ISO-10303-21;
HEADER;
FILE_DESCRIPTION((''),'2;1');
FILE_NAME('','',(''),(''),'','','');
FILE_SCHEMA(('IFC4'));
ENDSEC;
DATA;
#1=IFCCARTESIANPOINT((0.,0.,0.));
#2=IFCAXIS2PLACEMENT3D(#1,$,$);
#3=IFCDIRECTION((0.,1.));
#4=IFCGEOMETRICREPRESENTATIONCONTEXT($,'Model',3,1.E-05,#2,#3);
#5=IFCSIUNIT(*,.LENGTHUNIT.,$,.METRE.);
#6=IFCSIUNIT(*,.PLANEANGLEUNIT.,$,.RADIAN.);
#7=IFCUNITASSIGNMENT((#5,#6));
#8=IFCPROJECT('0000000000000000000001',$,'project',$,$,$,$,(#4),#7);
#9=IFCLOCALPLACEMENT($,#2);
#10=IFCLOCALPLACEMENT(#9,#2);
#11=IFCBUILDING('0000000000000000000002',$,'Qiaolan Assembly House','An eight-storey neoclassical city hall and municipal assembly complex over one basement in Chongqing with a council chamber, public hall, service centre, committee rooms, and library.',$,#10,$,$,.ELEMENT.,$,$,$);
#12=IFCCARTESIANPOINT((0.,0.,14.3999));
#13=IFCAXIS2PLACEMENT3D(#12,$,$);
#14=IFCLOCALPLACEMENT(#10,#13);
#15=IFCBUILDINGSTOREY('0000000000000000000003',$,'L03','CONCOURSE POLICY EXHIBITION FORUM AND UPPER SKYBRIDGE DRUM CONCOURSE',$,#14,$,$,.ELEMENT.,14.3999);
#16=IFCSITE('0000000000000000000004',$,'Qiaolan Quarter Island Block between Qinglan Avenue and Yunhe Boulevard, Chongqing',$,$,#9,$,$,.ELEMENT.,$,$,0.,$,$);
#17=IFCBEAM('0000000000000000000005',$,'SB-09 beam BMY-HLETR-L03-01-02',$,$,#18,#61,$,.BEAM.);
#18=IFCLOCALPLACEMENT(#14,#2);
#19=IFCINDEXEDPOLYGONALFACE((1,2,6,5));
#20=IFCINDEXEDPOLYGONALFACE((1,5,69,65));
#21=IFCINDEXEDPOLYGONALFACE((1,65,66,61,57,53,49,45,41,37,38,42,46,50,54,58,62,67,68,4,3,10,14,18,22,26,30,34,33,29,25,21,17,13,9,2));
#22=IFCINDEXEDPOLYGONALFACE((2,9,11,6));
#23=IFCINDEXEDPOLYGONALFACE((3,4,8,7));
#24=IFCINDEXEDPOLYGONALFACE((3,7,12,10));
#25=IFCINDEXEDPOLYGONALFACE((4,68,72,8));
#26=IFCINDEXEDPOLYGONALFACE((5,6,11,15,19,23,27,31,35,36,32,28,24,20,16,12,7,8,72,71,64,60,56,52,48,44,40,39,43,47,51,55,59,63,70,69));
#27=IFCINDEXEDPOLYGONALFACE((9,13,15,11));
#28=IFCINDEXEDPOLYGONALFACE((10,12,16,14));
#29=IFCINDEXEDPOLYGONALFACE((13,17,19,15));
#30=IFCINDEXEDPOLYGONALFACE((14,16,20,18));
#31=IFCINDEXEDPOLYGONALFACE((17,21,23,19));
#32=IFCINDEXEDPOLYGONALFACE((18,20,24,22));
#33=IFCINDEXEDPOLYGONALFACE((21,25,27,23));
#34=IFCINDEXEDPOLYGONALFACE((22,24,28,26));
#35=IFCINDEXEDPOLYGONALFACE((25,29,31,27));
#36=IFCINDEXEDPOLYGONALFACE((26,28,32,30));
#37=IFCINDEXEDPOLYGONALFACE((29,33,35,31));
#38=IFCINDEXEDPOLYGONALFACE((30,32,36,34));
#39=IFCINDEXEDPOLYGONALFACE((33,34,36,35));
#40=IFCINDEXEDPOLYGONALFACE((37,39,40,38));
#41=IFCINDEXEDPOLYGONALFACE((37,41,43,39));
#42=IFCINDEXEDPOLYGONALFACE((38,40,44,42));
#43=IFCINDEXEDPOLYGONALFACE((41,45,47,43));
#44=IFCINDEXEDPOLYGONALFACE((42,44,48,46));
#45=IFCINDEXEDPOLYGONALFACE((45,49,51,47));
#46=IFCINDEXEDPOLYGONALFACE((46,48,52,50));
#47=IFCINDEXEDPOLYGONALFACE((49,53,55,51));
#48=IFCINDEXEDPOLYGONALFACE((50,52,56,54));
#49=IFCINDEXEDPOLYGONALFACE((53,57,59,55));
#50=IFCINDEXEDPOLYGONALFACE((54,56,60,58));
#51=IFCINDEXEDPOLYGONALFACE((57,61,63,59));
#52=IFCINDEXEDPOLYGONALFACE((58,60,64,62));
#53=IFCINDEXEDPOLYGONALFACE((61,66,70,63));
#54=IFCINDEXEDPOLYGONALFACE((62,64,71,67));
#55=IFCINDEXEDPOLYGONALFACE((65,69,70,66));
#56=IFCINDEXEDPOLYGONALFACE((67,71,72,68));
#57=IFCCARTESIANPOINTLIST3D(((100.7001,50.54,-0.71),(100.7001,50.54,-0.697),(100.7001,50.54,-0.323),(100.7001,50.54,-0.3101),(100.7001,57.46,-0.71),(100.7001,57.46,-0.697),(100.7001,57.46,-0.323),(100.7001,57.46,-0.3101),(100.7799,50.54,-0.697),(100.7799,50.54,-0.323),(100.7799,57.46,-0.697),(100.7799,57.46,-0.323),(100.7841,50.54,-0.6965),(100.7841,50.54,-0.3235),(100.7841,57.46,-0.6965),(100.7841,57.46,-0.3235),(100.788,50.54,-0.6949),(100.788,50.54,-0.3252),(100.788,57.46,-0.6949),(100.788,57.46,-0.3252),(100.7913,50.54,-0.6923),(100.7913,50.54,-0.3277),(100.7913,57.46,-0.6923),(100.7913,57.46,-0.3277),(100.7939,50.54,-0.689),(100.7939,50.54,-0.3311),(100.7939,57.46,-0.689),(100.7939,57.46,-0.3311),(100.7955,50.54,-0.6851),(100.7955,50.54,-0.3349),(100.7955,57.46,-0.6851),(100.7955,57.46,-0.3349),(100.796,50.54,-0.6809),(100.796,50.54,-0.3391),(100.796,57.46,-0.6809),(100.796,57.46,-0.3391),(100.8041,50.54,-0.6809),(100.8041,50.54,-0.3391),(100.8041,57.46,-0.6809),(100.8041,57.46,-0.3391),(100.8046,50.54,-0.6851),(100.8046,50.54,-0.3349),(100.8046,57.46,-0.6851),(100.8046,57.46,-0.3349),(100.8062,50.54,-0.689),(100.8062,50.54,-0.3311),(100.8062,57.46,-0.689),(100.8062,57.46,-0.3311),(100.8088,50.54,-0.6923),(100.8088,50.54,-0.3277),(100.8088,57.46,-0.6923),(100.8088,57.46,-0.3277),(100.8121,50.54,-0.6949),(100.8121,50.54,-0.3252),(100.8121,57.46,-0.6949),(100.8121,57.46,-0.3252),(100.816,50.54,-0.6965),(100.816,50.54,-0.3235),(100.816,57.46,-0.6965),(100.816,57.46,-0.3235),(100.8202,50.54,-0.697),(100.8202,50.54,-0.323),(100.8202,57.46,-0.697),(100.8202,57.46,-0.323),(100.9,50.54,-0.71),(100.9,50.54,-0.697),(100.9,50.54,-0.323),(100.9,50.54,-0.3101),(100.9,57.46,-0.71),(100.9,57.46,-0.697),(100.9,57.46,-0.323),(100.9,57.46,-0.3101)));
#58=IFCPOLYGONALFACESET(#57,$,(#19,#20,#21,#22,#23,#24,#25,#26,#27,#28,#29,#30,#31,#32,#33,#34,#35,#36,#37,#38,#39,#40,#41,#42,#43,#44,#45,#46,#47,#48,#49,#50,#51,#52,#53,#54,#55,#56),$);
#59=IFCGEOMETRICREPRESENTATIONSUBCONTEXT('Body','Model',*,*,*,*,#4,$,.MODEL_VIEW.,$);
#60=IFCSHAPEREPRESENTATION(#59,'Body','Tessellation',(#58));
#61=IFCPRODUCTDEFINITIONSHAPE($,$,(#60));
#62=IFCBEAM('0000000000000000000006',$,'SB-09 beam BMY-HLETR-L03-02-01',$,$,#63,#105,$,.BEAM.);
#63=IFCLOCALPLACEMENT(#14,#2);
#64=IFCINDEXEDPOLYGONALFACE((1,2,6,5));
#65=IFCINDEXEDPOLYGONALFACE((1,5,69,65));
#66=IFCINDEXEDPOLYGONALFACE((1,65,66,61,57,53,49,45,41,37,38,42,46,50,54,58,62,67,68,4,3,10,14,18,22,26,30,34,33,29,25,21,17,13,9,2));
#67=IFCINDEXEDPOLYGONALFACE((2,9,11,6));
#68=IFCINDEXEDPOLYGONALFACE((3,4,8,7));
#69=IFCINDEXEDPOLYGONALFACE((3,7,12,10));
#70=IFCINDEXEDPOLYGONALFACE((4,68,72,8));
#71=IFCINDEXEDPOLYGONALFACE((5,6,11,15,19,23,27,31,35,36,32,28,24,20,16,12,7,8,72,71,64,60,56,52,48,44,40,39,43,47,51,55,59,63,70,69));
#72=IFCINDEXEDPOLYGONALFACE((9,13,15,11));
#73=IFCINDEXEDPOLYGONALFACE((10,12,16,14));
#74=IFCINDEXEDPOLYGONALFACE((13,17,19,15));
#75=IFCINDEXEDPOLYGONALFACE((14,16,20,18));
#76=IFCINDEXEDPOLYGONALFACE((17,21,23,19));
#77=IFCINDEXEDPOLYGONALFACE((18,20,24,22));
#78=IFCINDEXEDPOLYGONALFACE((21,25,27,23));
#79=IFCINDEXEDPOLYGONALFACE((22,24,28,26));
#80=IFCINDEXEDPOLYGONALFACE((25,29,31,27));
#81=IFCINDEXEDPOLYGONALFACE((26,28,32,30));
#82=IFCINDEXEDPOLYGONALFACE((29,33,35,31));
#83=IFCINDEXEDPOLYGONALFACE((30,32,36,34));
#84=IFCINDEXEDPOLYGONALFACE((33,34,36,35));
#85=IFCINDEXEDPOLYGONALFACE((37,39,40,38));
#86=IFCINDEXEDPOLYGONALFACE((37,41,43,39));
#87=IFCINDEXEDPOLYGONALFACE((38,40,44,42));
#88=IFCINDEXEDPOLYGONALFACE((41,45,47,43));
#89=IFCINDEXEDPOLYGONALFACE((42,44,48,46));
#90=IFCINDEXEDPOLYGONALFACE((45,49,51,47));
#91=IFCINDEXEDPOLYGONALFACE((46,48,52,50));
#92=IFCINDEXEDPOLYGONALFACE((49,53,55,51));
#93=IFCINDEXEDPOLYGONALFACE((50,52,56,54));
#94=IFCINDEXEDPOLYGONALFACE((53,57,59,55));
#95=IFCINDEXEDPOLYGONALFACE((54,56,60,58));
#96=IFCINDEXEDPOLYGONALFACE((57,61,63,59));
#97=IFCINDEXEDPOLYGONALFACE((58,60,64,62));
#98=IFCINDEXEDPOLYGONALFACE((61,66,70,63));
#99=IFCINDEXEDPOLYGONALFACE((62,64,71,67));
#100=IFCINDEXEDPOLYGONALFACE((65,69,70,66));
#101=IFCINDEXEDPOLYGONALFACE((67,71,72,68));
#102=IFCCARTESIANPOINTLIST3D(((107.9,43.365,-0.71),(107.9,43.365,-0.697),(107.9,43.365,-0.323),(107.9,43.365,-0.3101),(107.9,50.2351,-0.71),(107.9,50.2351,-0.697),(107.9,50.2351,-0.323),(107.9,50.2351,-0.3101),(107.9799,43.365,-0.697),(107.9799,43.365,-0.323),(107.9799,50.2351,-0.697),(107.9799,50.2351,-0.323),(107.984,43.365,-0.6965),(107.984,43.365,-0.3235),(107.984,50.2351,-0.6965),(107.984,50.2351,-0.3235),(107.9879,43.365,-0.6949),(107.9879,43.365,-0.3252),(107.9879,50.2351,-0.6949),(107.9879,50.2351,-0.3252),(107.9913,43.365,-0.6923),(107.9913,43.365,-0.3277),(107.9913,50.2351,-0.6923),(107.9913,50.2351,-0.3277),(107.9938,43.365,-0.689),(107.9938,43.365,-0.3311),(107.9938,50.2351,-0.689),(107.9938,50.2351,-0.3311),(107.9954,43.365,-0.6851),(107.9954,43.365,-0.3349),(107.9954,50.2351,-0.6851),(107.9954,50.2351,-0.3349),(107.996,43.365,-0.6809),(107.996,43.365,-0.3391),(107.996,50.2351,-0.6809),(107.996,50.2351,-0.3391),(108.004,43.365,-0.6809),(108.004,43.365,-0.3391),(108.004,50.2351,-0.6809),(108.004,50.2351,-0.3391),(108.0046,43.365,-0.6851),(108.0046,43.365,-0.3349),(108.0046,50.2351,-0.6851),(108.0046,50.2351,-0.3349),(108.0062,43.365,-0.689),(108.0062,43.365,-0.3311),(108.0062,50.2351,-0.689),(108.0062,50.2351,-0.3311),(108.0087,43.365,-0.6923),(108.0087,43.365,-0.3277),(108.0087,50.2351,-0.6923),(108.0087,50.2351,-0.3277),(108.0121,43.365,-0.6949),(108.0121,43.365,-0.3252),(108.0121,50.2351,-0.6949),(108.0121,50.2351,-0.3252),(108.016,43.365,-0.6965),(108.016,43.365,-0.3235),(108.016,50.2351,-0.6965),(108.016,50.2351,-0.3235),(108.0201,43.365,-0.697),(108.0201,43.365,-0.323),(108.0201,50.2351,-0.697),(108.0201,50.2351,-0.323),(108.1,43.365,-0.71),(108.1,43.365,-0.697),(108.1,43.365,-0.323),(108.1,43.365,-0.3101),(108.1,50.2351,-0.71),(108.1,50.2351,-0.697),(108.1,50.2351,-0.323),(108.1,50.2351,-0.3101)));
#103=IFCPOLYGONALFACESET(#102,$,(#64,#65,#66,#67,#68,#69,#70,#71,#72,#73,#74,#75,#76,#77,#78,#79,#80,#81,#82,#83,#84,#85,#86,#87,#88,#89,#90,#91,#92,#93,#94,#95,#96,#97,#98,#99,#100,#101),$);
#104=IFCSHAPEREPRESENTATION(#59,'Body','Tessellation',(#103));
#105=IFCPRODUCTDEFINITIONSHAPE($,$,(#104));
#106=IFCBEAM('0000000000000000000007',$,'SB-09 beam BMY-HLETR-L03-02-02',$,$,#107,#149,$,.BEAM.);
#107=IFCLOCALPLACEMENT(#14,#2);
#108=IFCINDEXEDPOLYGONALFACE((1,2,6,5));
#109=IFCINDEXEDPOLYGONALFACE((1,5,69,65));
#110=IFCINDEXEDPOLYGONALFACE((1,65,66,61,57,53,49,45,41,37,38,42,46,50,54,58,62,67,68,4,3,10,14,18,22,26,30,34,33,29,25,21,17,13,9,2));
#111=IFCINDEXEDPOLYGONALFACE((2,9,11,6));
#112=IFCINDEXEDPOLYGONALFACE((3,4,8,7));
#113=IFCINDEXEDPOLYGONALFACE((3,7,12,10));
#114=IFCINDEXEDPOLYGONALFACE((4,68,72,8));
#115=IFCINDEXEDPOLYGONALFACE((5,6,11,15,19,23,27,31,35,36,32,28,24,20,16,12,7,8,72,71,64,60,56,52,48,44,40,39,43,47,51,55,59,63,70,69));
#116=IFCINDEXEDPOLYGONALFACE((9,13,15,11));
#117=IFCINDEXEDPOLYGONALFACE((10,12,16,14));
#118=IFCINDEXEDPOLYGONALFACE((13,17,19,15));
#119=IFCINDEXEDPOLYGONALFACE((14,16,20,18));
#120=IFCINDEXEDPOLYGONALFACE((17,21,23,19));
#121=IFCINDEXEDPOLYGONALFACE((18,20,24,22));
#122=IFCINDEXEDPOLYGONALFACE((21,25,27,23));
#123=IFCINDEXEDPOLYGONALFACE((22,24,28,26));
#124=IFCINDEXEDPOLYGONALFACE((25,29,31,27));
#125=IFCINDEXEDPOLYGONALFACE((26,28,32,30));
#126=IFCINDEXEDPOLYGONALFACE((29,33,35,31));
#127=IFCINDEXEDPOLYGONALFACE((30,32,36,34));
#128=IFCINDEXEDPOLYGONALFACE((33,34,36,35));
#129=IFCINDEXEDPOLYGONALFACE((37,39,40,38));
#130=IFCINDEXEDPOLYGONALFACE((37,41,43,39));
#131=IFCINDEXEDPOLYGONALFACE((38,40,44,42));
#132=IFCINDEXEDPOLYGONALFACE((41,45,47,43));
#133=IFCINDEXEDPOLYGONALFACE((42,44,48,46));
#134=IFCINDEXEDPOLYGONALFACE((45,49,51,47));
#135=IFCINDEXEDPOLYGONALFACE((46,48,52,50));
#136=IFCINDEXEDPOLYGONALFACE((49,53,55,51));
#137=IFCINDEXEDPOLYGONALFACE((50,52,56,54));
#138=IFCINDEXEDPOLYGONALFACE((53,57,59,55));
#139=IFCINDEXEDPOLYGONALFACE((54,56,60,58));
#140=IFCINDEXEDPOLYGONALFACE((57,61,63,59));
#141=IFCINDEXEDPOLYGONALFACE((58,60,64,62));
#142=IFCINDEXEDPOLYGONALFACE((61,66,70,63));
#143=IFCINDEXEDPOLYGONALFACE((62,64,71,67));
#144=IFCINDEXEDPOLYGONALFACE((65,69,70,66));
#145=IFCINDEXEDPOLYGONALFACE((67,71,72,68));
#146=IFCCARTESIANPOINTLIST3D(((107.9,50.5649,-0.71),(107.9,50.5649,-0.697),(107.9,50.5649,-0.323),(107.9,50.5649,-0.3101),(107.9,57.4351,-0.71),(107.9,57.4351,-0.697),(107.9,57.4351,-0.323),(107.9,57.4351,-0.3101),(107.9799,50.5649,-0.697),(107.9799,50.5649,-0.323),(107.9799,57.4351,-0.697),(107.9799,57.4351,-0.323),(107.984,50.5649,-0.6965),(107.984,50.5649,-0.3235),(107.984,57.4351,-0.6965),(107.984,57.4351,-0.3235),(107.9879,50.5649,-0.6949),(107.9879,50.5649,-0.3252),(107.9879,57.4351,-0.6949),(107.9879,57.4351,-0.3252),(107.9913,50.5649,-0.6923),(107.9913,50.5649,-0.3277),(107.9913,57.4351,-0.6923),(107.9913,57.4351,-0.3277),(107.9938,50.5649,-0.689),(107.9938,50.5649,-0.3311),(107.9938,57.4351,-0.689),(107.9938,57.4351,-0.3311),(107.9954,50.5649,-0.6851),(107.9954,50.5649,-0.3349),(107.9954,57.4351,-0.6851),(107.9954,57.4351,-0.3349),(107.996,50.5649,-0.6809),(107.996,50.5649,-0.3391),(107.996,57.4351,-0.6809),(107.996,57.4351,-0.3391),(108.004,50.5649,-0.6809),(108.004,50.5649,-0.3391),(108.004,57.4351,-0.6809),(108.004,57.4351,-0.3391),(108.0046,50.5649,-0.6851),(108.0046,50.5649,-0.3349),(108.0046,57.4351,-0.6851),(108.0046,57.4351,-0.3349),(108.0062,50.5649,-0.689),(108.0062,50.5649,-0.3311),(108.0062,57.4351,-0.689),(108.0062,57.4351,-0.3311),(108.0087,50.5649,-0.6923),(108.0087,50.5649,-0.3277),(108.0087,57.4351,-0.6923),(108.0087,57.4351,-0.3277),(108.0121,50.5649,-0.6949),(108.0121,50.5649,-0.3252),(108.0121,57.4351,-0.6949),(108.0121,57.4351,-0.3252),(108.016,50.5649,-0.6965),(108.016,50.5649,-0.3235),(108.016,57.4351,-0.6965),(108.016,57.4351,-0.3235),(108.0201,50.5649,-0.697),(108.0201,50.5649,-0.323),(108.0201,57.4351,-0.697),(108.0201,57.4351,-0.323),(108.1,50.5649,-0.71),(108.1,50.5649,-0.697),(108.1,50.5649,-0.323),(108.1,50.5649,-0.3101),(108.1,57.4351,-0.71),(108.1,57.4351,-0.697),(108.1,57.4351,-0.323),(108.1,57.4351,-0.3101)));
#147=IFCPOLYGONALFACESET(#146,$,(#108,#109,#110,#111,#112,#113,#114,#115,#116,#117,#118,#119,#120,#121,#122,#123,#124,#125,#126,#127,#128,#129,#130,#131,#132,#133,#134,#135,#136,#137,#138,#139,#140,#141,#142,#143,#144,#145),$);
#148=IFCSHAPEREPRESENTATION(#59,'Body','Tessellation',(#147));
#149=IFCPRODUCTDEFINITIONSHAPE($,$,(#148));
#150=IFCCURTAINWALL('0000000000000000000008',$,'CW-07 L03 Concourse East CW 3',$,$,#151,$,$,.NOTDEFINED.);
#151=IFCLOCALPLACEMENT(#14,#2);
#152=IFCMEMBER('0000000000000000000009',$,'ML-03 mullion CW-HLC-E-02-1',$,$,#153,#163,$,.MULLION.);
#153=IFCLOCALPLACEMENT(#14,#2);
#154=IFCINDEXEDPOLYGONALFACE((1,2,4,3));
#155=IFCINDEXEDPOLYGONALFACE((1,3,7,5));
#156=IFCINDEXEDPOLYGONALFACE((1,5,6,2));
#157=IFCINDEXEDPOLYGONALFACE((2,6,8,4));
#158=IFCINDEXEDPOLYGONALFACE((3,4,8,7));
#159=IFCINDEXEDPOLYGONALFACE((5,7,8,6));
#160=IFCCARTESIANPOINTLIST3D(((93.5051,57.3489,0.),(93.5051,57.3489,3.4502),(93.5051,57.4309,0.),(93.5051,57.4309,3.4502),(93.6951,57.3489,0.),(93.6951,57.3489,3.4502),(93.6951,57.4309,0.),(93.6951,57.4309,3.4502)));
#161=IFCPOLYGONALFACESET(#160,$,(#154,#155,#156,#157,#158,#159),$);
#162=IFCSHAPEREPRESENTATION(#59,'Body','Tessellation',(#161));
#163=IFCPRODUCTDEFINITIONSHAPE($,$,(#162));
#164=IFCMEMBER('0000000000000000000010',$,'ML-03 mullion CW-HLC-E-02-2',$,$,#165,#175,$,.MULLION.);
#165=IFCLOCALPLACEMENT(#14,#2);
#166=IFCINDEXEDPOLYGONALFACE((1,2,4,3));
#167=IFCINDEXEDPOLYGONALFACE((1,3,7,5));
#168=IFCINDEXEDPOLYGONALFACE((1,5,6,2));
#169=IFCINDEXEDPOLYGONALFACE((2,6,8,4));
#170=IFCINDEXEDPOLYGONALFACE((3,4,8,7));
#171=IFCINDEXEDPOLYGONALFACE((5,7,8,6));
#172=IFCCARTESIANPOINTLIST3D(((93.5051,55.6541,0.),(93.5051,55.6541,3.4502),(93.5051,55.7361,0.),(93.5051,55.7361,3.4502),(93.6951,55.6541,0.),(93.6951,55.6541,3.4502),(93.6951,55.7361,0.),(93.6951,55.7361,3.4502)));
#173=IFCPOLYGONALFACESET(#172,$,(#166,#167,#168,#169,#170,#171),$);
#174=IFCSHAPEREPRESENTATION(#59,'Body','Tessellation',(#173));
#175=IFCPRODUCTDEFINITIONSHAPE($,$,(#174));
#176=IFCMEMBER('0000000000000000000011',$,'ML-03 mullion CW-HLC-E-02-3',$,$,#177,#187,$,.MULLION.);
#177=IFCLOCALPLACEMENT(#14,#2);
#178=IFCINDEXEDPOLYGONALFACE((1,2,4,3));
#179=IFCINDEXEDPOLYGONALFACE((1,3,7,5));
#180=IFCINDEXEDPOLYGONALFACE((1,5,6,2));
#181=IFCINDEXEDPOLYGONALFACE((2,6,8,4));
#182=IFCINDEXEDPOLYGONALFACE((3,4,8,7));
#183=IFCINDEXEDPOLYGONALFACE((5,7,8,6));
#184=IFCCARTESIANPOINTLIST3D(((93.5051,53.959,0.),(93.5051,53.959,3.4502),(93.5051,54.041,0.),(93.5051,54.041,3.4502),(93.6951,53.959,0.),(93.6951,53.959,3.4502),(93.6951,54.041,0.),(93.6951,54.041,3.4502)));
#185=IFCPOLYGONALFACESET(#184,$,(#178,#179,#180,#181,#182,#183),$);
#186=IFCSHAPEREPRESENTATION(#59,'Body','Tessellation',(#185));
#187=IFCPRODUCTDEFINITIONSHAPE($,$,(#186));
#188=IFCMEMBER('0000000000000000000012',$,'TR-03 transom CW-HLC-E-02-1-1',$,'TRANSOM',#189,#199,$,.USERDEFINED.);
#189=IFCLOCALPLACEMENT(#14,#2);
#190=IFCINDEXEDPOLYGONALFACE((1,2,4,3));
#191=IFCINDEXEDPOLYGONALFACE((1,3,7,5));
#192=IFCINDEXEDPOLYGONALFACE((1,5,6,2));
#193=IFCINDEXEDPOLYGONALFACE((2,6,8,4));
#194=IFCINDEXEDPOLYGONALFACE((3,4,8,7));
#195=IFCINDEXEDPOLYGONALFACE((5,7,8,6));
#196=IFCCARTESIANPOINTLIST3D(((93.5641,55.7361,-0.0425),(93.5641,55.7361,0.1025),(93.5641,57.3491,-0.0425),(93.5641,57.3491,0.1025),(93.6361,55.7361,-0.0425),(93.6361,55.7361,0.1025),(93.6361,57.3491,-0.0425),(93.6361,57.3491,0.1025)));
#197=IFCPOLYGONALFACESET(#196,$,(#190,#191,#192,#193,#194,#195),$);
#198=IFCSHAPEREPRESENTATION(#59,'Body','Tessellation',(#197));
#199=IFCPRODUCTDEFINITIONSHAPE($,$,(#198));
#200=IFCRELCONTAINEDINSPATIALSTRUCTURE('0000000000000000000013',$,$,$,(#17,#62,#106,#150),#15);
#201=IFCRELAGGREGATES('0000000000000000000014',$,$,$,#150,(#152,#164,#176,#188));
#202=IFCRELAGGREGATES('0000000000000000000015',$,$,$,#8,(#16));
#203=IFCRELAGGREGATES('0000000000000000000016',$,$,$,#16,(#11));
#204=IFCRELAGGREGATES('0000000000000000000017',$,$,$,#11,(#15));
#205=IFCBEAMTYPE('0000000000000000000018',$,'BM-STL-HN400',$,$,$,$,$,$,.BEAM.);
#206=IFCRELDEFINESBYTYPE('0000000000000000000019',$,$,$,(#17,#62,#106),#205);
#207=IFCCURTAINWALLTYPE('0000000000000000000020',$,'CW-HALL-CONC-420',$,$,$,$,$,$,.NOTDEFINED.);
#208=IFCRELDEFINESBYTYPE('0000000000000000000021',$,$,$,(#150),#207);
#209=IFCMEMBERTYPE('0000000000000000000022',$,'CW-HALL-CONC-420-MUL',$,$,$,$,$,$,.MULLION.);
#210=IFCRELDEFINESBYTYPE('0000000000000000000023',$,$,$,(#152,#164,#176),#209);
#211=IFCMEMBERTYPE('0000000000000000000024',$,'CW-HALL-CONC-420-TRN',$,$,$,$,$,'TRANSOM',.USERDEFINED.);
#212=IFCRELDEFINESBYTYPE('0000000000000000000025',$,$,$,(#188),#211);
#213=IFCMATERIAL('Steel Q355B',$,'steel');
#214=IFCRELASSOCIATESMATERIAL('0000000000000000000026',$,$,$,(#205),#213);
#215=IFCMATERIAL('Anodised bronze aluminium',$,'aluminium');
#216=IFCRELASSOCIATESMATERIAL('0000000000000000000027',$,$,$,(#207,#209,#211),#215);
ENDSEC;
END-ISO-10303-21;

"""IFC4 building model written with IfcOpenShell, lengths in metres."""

from ifc_helpers import new_model, si_unit, direction, frame, origin, origin_2d, place, context, subcontext, project, spatial, rectangle, i_section, extrude, material, material_profile, profile_set, type_object, element, aggregate, save


model = new_model("IFC4")

# Units and contexts
model_context = context("Model", 3, precision=1e-05, world=origin(), true_north=direction((0.0, 1.0)))
body_context = subcontext(model_context, "Body", "Model", "MODEL_VIEW")
ifc_project = project(units=[si_unit("LENGTHUNIT", "METRE"), si_unit("PLANEANGLEUNIT", "RADIAN")], contexts=[model_context])

# Site, building, storey
site_placement = place(None, origin())
site = spatial("IfcSite", under=ifc_project, at=site_placement, Name="Qiaolan Quarter Island Block between Qinglan Avenue and Yunhe Boulevard, Chongqing", CompositionType="ELEMENT", RefElevation=0.0)
building_placement = place(site_placement, origin())
building = spatial("IfcBuilding", under=site, at=building_placement, Name="Qiaolan Assembly House", Description="An eight-storey neoclassical city hall and municipal assembly complex over one basement in Chongqing with a council chamber, public hall, service centre, committee rooms, and library.", CompositionType="ELEMENT")
storey_placement = place(building_placement, frame((0.0, 0.0, 14.3999)))
storey = spatial("IfcBuildingStorey", under=building, at=storey_placement, Name="L03", Description="CONCOURSE POLICY EXHIBITION FORUM AND UPPER SKYBRIDGE DRUM CONCOURSE", CompositionType="ELEMENT", Elevation=14.3999)

# Shared definitions
ifc_material_1 = material(Name="Steel Q355B", Category="steel")

# Beams
ifc_material_profile_1 = material_profile(ifc_material_1, i_section(OverallWidth=0.2, OverallDepth=0.3999, WebThickness=0.0081, FlangeThickness=0.0129, FilletRadius=0.0161, at=origin_2d()), Name="HN 400x200x8x13")
ifc_profile_set_1 = profile_set([ifc_material_profile_1], Name="Steel Q355B")
beam_type_1 = type_object("IfcBeamType", Name="BM-STL-HN400", PredefinedType="BEAM", material=ifc_profile_set_1)
beam_1_placement = place(storey_placement, frame((100.8, 50.54, -0.51), z_axis=(0.0, 1.0, 0.0), x_axis=(-1.0, 0.0, 0.0)))
element("IfcBeam", 1, at=beam_1_placement, inside=storey, type_object=beam_type_1, Name="SB-09 beam BMY-HLETR-L03-01-02", PredefinedType="BEAM", context=body_context, shape_type="SweptSolid", body=[
    extrude(i_section(OverallWidth=0.2, OverallDepth=0.3999, WebThickness=0.0081, FlangeThickness=0.0129, FilletRadius=0.0161, at=origin_2d()), origin(), (0.0, 0.0, 1.0), 6.9199),
])
for number, where, z_axis, x_axis, name in (
    (2, (108.0, 43.365, -0.51), (0.0, 1.0, 0.0), (-1.0, 0.0, 0.0), "SB-09 beam BMY-HLETR-L03-02-01"),
    (3, (108.0, 50.5649, -0.51), (0.0, 1.0, 0.0), (-1.0, 0.0, 0.0), "SB-09 beam BMY-HLETR-L03-02-02"),
):
    element("IfcBeam", number, at=place(storey_placement, frame(where, z_axis=z_axis, x_axis=x_axis)), inside=storey, type_object=beam_type_1, Name=name, PredefinedType="BEAM", context=body_context, shape_type="SweptSolid", body=[
        extrude(i_section(OverallWidth=0.2, OverallDepth=0.3999, WebThickness=0.0081, FlangeThickness=0.0129, FilletRadius=0.0161, at=origin_2d()), origin(), (0.0, 0.0, 1.0), 6.8701),
    ])

# Curtain wall, members
ifc_material_2 = material(Name="Anodised bronze aluminium", Category="aluminium")
curtain_wall_type = type_object("IfcCurtainWallType", Name="CW-HALL-CONC-420", PredefinedType="NOTDEFINED", material=ifc_material_2)
curtain_wall_placement = place(storey_placement, origin())
curtain_wall = element("IfcCurtainWall", 4, at=curtain_wall_placement, inside=storey, type_object=curtain_wall_type, Name="CW-07 L03 Concourse East CW 3", PredefinedType="NOTDEFINED")
ifc_material_profile_2 = material_profile(ifc_material_2, rectangle(XDim=0.082, YDim=0.1899, at=origin_2d()), Name="MUL 82x190")
ifc_profile_set_2 = profile_set([ifc_material_profile_2], Name="Anodised bronze aluminium")
member_type_1 = type_object("IfcMemberType", Name="CW-HALL-CONC-420-MUL", PredefinedType="MULLION", material=ifc_profile_set_2)
member_1_placement = place(storey_placement, frame((93.6001, 57.3899, 0.0), z_axis=(0.0, 0.0, 1.0), x_axis=(0.0, -1.0, 0.0)))
member_1 = element("IfcMember", 5, at=member_1_placement, type_object=member_type_1, Name="ML-03 mullion CW-HLC-E-02-1", PredefinedType="MULLION", context=body_context, shape_type="SweptSolid", body=[
    extrude(rectangle(XDim=0.082, YDim=0.1899, at=origin_2d()), origin(), (0.0, 0.0, 1.0), 3.4502),
])
member_2_placement = place(storey_placement, frame((93.6001, 55.6951, 0.0), z_axis=(0.0, 0.0, 1.0), x_axis=(0.0, -1.0, 0.0)))
member_2 = element("IfcMember", 6, at=member_2_placement, type_object=member_type_1, Name="ML-03 mullion CW-HLC-E-02-2", PredefinedType="MULLION", context=body_context, shape_type="SweptSolid", body=[
    extrude(rectangle(XDim=0.082, YDim=0.1899, at=origin_2d()), origin(), (0.0, 0.0, 1.0), 3.4502),
])
member_3_placement = place(storey_placement, frame((93.6001, 54.0, 0.0), z_axis=(0.0, 0.0, 1.0), x_axis=(0.0, -1.0, 0.0)))
member_3 = element("IfcMember", 7, at=member_3_placement, type_object=member_type_1, Name="ML-03 mullion CW-HLC-E-02-3", PredefinedType="MULLION", context=body_context, shape_type="SweptSolid", body=[
    extrude(rectangle(XDim=0.082, YDim=0.1899, at=origin_2d()), origin(), (0.0, 0.0, 1.0), 3.4502),
])
ifc_material_profile_3 = material_profile(ifc_material_2, rectangle(XDim=0.072, YDim=0.145, at=origin_2d()), Name="TRN 72x145")
ifc_profile_set_3 = profile_set([ifc_material_profile_3], Name="Anodised bronze aluminium")
member_type_2 = type_object("IfcMemberType", Name="CW-HALL-CONC-420-TRN", ElementType="TRANSOM", PredefinedType="USERDEFINED", material=ifc_profile_set_3)
member_4_placement = place(storey_placement, frame((93.6001, 57.3491, 0.03), z_axis=(0.0, -1.0, 0.0), x_axis=(1.0, 0.0, 0.0)))
member_4 = element("IfcMember", 8, at=member_4_placement, type_object=member_type_2, Name="TR-03 transom CW-HLC-E-02-1-1", ObjectType="TRANSOM", PredefinedType="USERDEFINED", context=body_context, shape_type="SweptSolid", body=[
    extrude(rectangle(XDim=0.072, YDim=0.145, at=origin_2d()), origin(), (0.0, 0.0, 1.0), 1.613),
])

aggregate(curtain_wall, [member_1, member_2, member_3, member_4])

save(model, "model.ifc")
